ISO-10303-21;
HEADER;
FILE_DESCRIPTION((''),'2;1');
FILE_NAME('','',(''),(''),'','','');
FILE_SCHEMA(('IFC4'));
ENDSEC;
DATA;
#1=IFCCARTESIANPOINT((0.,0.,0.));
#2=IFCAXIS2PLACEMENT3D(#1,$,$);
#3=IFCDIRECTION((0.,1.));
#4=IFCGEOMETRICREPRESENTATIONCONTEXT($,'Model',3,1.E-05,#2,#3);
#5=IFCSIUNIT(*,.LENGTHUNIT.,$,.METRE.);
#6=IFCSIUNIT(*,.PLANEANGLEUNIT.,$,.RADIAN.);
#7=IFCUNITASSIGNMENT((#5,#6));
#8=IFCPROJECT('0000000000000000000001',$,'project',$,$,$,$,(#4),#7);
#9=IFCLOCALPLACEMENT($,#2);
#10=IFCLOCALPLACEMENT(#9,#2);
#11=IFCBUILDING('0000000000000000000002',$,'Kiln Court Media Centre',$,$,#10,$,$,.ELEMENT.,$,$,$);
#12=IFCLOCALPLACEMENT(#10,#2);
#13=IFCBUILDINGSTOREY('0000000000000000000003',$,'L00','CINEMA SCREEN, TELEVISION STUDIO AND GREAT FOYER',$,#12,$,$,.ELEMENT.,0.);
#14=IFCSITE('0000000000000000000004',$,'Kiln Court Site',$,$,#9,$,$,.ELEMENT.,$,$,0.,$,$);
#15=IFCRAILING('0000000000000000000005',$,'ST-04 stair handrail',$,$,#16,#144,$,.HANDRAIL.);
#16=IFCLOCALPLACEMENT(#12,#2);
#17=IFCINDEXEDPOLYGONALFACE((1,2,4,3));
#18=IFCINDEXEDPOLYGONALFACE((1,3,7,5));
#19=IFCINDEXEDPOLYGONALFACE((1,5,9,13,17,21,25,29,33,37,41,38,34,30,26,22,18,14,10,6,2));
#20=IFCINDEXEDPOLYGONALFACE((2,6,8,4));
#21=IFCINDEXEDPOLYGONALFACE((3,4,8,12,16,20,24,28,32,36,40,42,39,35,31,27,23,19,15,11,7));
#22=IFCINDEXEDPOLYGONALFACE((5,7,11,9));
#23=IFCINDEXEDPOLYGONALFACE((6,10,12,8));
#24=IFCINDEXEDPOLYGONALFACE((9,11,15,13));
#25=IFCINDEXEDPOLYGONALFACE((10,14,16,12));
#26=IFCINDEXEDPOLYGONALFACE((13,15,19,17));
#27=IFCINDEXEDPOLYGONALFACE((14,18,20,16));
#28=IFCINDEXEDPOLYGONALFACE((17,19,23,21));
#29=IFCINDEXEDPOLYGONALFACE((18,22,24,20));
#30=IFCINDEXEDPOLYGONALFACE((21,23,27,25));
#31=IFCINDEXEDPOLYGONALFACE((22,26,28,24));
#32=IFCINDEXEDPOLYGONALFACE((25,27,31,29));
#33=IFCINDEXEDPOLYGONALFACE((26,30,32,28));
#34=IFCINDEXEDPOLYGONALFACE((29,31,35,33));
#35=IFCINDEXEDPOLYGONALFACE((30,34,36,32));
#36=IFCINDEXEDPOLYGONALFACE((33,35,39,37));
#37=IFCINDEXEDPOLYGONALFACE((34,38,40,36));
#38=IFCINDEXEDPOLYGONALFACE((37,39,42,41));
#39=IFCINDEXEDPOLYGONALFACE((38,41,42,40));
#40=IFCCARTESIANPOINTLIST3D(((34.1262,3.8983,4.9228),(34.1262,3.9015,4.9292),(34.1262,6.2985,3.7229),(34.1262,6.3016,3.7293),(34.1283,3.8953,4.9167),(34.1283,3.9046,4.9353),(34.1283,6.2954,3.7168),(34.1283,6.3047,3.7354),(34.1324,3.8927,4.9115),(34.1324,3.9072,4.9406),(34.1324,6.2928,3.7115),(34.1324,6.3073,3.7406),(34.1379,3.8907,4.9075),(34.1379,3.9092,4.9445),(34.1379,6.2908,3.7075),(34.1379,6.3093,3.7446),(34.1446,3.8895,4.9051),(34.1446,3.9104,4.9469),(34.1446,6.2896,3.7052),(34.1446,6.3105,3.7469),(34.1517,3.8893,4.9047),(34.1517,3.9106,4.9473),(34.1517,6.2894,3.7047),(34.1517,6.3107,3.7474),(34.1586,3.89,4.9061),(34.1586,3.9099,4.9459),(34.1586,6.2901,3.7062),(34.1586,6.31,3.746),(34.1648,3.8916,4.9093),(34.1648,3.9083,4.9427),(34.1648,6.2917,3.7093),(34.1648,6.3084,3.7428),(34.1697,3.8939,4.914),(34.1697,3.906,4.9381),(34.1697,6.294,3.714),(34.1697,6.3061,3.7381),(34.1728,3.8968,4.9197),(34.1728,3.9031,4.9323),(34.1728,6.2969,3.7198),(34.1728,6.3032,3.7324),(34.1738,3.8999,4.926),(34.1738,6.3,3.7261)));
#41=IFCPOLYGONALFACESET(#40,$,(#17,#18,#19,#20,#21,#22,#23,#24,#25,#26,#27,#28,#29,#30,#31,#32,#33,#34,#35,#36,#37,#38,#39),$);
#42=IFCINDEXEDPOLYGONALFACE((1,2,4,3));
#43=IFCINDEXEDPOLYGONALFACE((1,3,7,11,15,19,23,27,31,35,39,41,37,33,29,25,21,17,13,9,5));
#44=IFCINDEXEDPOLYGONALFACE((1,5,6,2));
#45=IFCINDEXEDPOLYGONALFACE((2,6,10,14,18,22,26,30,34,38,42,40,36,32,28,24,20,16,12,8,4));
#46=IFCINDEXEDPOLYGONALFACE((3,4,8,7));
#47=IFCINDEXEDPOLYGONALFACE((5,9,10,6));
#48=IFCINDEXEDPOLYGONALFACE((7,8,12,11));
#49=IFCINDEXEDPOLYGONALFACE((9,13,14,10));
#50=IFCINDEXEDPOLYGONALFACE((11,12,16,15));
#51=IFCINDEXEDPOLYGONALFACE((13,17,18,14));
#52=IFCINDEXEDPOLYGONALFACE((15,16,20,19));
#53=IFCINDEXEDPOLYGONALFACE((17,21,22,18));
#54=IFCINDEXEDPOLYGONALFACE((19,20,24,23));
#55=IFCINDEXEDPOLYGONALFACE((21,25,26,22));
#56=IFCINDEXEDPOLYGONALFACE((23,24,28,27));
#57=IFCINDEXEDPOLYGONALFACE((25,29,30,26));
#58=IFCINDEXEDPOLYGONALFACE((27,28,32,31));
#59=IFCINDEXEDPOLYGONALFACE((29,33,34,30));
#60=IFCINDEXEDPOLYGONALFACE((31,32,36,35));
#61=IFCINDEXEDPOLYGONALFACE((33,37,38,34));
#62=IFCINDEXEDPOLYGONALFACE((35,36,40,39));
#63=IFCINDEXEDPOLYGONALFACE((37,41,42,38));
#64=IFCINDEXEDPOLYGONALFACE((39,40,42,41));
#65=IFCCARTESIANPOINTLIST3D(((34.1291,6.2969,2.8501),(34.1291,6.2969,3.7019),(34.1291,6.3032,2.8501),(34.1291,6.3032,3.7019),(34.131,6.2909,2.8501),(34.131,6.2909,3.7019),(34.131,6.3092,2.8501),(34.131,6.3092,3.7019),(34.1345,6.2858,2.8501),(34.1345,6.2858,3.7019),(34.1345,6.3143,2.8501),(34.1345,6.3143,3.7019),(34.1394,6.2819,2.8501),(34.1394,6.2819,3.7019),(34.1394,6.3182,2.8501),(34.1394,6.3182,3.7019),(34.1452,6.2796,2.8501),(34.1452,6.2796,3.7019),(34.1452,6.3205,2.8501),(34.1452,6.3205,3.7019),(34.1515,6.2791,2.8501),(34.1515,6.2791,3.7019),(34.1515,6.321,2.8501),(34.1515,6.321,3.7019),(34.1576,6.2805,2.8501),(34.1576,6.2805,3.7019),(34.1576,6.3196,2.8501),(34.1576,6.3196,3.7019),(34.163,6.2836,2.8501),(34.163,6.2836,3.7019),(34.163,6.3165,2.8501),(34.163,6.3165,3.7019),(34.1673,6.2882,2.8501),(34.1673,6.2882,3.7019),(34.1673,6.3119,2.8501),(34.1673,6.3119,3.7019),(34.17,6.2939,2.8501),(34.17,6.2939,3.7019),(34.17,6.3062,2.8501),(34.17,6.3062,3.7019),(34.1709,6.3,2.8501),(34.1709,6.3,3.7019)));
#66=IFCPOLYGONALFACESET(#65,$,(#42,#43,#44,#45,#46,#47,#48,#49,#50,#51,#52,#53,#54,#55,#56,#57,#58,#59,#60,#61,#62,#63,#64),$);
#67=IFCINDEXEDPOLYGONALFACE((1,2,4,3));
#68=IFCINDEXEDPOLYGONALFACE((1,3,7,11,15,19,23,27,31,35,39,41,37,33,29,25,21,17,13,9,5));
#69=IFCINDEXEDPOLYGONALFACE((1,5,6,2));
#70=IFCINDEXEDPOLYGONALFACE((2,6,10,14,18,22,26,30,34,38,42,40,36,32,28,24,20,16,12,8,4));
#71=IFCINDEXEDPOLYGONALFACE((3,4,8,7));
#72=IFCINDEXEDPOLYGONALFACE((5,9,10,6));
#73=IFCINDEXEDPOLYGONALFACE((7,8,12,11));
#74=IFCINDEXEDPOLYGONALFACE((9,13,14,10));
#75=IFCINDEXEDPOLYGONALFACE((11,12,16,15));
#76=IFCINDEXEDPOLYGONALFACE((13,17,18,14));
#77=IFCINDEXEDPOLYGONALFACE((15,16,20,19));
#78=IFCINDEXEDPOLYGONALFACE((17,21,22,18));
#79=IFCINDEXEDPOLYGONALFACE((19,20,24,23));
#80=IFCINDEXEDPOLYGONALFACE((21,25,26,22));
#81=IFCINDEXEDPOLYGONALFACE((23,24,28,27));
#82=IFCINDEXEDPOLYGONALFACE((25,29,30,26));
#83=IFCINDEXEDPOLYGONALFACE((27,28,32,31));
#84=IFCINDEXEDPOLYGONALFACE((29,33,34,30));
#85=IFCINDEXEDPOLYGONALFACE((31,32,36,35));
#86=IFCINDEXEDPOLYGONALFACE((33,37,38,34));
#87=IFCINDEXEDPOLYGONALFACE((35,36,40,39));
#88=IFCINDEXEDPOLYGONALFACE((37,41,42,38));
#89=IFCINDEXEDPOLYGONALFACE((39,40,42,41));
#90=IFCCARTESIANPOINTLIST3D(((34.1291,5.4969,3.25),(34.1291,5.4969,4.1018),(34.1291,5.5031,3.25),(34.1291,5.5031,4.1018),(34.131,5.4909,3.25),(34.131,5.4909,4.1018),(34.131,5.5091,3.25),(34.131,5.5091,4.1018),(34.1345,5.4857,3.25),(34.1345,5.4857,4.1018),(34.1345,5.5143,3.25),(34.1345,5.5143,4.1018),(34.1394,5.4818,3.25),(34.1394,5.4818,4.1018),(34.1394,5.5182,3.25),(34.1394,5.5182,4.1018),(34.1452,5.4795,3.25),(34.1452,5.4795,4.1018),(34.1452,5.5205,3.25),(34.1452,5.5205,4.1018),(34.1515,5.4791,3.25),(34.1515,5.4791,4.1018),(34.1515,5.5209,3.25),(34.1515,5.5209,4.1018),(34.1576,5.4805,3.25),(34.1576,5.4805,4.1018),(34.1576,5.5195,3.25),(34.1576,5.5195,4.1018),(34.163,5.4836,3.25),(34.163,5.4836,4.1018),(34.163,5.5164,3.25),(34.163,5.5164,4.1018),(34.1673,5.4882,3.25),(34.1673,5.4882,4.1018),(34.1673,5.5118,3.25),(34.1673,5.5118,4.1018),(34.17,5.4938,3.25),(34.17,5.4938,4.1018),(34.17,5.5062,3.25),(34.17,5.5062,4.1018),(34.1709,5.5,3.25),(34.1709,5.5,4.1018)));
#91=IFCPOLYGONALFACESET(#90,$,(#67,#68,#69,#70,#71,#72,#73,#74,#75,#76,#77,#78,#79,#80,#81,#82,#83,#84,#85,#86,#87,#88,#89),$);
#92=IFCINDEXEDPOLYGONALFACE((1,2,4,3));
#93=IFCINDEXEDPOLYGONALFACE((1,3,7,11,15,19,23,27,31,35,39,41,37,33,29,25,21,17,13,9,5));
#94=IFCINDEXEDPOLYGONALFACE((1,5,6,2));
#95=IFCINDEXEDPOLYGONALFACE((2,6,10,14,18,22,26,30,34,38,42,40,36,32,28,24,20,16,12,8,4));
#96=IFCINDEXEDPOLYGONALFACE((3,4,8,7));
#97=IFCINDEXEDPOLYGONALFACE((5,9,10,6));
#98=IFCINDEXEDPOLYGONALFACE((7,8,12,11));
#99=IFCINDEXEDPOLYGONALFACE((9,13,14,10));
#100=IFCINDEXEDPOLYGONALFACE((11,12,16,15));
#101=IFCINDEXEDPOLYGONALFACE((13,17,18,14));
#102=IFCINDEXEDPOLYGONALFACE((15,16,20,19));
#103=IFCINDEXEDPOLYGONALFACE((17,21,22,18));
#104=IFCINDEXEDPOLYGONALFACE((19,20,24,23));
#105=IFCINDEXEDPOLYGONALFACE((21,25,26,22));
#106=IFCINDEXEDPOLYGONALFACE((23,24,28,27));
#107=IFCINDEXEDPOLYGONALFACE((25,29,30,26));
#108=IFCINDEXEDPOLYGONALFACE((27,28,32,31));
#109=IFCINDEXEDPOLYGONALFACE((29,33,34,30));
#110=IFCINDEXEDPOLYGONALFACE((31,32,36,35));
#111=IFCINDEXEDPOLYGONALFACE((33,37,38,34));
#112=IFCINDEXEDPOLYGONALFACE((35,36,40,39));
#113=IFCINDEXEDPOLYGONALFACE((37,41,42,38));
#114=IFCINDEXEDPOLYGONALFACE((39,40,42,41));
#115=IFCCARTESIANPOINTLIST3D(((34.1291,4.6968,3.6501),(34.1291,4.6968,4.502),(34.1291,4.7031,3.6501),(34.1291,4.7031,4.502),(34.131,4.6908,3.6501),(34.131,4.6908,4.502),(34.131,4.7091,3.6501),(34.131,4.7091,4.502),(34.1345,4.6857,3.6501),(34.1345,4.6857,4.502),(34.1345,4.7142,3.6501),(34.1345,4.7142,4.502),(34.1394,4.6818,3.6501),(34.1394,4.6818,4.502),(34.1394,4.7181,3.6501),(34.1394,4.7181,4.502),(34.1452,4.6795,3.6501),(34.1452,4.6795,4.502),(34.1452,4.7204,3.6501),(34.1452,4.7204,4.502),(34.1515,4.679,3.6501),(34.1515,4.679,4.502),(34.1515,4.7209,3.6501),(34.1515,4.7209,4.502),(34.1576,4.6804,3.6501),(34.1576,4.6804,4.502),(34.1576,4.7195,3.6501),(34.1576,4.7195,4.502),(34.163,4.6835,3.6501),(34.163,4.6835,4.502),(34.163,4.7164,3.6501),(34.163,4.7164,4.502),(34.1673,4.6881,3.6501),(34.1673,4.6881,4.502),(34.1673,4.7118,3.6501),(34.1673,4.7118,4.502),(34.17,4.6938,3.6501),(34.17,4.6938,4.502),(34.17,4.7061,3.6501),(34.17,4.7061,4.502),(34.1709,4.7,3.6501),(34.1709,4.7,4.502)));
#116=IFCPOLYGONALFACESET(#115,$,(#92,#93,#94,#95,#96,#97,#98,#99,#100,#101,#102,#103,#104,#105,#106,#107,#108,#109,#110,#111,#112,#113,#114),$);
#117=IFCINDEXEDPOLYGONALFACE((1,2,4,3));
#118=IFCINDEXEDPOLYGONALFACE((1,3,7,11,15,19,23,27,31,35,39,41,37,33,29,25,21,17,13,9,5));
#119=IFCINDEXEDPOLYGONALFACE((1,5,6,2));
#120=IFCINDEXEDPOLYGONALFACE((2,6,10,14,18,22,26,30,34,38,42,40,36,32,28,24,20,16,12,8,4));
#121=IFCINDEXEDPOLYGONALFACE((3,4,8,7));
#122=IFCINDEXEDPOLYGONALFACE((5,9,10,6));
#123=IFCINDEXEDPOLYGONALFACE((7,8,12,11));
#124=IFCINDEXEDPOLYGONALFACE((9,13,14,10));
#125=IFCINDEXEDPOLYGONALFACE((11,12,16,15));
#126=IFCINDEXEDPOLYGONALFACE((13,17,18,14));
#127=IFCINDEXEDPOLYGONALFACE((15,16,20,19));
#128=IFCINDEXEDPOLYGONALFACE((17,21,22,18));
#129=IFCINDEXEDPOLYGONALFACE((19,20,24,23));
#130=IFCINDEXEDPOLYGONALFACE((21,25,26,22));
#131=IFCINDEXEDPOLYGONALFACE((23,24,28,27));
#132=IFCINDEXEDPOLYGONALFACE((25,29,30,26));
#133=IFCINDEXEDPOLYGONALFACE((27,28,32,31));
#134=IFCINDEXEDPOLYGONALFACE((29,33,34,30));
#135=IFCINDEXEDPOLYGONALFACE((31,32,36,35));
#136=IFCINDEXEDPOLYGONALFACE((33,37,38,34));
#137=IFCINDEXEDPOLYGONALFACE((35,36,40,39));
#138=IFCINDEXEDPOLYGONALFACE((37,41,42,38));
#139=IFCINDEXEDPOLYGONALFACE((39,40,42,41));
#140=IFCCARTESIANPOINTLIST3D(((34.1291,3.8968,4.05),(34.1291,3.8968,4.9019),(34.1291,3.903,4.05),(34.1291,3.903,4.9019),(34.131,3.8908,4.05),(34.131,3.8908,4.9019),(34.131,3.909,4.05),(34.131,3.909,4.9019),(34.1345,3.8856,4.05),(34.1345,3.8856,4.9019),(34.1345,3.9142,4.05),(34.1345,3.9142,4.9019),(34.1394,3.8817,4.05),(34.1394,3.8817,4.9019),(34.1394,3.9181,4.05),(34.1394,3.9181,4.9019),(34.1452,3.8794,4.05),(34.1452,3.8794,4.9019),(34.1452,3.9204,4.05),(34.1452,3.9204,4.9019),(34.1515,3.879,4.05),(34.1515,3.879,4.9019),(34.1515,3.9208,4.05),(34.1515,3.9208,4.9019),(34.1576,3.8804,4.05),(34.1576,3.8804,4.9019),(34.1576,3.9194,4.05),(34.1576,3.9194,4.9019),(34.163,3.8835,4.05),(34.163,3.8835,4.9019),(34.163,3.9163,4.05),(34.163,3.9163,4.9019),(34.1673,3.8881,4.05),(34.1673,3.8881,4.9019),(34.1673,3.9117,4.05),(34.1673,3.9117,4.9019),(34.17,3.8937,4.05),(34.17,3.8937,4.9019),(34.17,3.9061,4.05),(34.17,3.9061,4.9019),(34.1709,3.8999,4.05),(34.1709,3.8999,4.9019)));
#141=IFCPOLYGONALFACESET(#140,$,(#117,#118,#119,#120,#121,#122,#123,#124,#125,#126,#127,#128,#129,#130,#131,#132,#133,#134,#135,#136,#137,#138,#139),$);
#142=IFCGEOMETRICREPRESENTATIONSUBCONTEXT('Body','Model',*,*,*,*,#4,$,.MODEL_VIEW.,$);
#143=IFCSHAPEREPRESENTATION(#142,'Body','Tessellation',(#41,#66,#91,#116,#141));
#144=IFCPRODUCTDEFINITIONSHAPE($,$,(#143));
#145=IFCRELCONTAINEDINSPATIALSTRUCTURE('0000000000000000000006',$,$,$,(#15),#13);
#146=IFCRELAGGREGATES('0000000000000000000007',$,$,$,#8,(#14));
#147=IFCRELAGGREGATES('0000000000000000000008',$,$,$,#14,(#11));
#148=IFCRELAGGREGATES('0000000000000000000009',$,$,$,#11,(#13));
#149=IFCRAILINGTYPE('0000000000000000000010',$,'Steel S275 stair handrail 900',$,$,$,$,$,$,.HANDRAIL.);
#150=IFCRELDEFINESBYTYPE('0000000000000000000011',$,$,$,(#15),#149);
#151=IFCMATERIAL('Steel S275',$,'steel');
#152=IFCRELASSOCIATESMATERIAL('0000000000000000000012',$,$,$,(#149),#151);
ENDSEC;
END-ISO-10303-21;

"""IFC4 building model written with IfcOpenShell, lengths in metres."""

from ifc_helpers import new_model, si_unit, direction, frame, origin, origin_2d, place, context, subcontext, project, spatial, circle, extrude, material, type_object, element, save


model = new_model("IFC4")

# Units and contexts
model_context = context("Model", 3, precision=1e-05, world=origin(), true_north=direction((0.0, 1.0)))
body_context = subcontext(model_context, "Body", "Model", "MODEL_VIEW")
ifc_project = project(units=[si_unit("LENGTHUNIT", "METRE"), si_unit("PLANEANGLEUNIT", "RADIAN")], contexts=[model_context])

# Site, building, storey
site_placement = place(None, origin())
site = spatial("IfcSite", under=ifc_project, at=site_placement, Name="Kiln Court Site", CompositionType="ELEMENT", RefElevation=0.0)
building_placement = place(site_placement, origin())
building = spatial("IfcBuilding", under=site, at=building_placement, Name="Kiln Court Media Centre", CompositionType="ELEMENT")
storey_placement = place(building_placement, origin())
storey = spatial("IfcBuildingStorey", under=building, at=storey_placement, Name="L00", Description="CINEMA SCREEN, TELEVISION STUDIO AND GREAT FOYER", CompositionType="ELEMENT", Elevation=0.0)

# Railing
ifc_material_1 = material(Name="Steel S275", Category="steel")
railing_type_1 = type_object("IfcRailingType", Name="Steel S275 stair handrail 900", PredefinedType="HANDRAIL", material=ifc_material_1)
railing_1_placement = place(storey_placement, frame((34.1499, 6.3, 2.8501)))
element("IfcRailing", 1, at=railing_1_placement, inside=storey, type_object=railing_type_1, Name="ST-04 stair handrail", PredefinedType="HANDRAIL", context=body_context, shape_type="SweptSolid", body=[
    extrude(circle(Radius=0.0239, at=origin_2d()), frame((0.0, 0.0, 0.876), z_axis=(0.0, -0.894445, 0.447177), x_axis=(1.0, 0.0, 0.0)), (0.0, 0.0, 1.0), 2.6833),
    extrude(circle(Radius=0.021, at=origin_2d()), origin(), (0.0, 0.0, 1.0), 0.8518),
    extrude(circle(Radius=0.021, at=origin_2d()), frame((0.0, -0.8, 0.3999)), (0.0, 0.0, 1.0), 0.8518),
    extrude(circle(Radius=0.021, at=origin_2d()), frame((0.0, -1.6001, 0.8)), (0.0, 0.0, 1.0), 0.8518),
    extrude(circle(Radius=0.021, at=origin_2d()), frame((0.0, -2.4001, 1.2)), (0.0, 0.0, 1.0), 0.8518),
])

save(model, "model.ifc")
